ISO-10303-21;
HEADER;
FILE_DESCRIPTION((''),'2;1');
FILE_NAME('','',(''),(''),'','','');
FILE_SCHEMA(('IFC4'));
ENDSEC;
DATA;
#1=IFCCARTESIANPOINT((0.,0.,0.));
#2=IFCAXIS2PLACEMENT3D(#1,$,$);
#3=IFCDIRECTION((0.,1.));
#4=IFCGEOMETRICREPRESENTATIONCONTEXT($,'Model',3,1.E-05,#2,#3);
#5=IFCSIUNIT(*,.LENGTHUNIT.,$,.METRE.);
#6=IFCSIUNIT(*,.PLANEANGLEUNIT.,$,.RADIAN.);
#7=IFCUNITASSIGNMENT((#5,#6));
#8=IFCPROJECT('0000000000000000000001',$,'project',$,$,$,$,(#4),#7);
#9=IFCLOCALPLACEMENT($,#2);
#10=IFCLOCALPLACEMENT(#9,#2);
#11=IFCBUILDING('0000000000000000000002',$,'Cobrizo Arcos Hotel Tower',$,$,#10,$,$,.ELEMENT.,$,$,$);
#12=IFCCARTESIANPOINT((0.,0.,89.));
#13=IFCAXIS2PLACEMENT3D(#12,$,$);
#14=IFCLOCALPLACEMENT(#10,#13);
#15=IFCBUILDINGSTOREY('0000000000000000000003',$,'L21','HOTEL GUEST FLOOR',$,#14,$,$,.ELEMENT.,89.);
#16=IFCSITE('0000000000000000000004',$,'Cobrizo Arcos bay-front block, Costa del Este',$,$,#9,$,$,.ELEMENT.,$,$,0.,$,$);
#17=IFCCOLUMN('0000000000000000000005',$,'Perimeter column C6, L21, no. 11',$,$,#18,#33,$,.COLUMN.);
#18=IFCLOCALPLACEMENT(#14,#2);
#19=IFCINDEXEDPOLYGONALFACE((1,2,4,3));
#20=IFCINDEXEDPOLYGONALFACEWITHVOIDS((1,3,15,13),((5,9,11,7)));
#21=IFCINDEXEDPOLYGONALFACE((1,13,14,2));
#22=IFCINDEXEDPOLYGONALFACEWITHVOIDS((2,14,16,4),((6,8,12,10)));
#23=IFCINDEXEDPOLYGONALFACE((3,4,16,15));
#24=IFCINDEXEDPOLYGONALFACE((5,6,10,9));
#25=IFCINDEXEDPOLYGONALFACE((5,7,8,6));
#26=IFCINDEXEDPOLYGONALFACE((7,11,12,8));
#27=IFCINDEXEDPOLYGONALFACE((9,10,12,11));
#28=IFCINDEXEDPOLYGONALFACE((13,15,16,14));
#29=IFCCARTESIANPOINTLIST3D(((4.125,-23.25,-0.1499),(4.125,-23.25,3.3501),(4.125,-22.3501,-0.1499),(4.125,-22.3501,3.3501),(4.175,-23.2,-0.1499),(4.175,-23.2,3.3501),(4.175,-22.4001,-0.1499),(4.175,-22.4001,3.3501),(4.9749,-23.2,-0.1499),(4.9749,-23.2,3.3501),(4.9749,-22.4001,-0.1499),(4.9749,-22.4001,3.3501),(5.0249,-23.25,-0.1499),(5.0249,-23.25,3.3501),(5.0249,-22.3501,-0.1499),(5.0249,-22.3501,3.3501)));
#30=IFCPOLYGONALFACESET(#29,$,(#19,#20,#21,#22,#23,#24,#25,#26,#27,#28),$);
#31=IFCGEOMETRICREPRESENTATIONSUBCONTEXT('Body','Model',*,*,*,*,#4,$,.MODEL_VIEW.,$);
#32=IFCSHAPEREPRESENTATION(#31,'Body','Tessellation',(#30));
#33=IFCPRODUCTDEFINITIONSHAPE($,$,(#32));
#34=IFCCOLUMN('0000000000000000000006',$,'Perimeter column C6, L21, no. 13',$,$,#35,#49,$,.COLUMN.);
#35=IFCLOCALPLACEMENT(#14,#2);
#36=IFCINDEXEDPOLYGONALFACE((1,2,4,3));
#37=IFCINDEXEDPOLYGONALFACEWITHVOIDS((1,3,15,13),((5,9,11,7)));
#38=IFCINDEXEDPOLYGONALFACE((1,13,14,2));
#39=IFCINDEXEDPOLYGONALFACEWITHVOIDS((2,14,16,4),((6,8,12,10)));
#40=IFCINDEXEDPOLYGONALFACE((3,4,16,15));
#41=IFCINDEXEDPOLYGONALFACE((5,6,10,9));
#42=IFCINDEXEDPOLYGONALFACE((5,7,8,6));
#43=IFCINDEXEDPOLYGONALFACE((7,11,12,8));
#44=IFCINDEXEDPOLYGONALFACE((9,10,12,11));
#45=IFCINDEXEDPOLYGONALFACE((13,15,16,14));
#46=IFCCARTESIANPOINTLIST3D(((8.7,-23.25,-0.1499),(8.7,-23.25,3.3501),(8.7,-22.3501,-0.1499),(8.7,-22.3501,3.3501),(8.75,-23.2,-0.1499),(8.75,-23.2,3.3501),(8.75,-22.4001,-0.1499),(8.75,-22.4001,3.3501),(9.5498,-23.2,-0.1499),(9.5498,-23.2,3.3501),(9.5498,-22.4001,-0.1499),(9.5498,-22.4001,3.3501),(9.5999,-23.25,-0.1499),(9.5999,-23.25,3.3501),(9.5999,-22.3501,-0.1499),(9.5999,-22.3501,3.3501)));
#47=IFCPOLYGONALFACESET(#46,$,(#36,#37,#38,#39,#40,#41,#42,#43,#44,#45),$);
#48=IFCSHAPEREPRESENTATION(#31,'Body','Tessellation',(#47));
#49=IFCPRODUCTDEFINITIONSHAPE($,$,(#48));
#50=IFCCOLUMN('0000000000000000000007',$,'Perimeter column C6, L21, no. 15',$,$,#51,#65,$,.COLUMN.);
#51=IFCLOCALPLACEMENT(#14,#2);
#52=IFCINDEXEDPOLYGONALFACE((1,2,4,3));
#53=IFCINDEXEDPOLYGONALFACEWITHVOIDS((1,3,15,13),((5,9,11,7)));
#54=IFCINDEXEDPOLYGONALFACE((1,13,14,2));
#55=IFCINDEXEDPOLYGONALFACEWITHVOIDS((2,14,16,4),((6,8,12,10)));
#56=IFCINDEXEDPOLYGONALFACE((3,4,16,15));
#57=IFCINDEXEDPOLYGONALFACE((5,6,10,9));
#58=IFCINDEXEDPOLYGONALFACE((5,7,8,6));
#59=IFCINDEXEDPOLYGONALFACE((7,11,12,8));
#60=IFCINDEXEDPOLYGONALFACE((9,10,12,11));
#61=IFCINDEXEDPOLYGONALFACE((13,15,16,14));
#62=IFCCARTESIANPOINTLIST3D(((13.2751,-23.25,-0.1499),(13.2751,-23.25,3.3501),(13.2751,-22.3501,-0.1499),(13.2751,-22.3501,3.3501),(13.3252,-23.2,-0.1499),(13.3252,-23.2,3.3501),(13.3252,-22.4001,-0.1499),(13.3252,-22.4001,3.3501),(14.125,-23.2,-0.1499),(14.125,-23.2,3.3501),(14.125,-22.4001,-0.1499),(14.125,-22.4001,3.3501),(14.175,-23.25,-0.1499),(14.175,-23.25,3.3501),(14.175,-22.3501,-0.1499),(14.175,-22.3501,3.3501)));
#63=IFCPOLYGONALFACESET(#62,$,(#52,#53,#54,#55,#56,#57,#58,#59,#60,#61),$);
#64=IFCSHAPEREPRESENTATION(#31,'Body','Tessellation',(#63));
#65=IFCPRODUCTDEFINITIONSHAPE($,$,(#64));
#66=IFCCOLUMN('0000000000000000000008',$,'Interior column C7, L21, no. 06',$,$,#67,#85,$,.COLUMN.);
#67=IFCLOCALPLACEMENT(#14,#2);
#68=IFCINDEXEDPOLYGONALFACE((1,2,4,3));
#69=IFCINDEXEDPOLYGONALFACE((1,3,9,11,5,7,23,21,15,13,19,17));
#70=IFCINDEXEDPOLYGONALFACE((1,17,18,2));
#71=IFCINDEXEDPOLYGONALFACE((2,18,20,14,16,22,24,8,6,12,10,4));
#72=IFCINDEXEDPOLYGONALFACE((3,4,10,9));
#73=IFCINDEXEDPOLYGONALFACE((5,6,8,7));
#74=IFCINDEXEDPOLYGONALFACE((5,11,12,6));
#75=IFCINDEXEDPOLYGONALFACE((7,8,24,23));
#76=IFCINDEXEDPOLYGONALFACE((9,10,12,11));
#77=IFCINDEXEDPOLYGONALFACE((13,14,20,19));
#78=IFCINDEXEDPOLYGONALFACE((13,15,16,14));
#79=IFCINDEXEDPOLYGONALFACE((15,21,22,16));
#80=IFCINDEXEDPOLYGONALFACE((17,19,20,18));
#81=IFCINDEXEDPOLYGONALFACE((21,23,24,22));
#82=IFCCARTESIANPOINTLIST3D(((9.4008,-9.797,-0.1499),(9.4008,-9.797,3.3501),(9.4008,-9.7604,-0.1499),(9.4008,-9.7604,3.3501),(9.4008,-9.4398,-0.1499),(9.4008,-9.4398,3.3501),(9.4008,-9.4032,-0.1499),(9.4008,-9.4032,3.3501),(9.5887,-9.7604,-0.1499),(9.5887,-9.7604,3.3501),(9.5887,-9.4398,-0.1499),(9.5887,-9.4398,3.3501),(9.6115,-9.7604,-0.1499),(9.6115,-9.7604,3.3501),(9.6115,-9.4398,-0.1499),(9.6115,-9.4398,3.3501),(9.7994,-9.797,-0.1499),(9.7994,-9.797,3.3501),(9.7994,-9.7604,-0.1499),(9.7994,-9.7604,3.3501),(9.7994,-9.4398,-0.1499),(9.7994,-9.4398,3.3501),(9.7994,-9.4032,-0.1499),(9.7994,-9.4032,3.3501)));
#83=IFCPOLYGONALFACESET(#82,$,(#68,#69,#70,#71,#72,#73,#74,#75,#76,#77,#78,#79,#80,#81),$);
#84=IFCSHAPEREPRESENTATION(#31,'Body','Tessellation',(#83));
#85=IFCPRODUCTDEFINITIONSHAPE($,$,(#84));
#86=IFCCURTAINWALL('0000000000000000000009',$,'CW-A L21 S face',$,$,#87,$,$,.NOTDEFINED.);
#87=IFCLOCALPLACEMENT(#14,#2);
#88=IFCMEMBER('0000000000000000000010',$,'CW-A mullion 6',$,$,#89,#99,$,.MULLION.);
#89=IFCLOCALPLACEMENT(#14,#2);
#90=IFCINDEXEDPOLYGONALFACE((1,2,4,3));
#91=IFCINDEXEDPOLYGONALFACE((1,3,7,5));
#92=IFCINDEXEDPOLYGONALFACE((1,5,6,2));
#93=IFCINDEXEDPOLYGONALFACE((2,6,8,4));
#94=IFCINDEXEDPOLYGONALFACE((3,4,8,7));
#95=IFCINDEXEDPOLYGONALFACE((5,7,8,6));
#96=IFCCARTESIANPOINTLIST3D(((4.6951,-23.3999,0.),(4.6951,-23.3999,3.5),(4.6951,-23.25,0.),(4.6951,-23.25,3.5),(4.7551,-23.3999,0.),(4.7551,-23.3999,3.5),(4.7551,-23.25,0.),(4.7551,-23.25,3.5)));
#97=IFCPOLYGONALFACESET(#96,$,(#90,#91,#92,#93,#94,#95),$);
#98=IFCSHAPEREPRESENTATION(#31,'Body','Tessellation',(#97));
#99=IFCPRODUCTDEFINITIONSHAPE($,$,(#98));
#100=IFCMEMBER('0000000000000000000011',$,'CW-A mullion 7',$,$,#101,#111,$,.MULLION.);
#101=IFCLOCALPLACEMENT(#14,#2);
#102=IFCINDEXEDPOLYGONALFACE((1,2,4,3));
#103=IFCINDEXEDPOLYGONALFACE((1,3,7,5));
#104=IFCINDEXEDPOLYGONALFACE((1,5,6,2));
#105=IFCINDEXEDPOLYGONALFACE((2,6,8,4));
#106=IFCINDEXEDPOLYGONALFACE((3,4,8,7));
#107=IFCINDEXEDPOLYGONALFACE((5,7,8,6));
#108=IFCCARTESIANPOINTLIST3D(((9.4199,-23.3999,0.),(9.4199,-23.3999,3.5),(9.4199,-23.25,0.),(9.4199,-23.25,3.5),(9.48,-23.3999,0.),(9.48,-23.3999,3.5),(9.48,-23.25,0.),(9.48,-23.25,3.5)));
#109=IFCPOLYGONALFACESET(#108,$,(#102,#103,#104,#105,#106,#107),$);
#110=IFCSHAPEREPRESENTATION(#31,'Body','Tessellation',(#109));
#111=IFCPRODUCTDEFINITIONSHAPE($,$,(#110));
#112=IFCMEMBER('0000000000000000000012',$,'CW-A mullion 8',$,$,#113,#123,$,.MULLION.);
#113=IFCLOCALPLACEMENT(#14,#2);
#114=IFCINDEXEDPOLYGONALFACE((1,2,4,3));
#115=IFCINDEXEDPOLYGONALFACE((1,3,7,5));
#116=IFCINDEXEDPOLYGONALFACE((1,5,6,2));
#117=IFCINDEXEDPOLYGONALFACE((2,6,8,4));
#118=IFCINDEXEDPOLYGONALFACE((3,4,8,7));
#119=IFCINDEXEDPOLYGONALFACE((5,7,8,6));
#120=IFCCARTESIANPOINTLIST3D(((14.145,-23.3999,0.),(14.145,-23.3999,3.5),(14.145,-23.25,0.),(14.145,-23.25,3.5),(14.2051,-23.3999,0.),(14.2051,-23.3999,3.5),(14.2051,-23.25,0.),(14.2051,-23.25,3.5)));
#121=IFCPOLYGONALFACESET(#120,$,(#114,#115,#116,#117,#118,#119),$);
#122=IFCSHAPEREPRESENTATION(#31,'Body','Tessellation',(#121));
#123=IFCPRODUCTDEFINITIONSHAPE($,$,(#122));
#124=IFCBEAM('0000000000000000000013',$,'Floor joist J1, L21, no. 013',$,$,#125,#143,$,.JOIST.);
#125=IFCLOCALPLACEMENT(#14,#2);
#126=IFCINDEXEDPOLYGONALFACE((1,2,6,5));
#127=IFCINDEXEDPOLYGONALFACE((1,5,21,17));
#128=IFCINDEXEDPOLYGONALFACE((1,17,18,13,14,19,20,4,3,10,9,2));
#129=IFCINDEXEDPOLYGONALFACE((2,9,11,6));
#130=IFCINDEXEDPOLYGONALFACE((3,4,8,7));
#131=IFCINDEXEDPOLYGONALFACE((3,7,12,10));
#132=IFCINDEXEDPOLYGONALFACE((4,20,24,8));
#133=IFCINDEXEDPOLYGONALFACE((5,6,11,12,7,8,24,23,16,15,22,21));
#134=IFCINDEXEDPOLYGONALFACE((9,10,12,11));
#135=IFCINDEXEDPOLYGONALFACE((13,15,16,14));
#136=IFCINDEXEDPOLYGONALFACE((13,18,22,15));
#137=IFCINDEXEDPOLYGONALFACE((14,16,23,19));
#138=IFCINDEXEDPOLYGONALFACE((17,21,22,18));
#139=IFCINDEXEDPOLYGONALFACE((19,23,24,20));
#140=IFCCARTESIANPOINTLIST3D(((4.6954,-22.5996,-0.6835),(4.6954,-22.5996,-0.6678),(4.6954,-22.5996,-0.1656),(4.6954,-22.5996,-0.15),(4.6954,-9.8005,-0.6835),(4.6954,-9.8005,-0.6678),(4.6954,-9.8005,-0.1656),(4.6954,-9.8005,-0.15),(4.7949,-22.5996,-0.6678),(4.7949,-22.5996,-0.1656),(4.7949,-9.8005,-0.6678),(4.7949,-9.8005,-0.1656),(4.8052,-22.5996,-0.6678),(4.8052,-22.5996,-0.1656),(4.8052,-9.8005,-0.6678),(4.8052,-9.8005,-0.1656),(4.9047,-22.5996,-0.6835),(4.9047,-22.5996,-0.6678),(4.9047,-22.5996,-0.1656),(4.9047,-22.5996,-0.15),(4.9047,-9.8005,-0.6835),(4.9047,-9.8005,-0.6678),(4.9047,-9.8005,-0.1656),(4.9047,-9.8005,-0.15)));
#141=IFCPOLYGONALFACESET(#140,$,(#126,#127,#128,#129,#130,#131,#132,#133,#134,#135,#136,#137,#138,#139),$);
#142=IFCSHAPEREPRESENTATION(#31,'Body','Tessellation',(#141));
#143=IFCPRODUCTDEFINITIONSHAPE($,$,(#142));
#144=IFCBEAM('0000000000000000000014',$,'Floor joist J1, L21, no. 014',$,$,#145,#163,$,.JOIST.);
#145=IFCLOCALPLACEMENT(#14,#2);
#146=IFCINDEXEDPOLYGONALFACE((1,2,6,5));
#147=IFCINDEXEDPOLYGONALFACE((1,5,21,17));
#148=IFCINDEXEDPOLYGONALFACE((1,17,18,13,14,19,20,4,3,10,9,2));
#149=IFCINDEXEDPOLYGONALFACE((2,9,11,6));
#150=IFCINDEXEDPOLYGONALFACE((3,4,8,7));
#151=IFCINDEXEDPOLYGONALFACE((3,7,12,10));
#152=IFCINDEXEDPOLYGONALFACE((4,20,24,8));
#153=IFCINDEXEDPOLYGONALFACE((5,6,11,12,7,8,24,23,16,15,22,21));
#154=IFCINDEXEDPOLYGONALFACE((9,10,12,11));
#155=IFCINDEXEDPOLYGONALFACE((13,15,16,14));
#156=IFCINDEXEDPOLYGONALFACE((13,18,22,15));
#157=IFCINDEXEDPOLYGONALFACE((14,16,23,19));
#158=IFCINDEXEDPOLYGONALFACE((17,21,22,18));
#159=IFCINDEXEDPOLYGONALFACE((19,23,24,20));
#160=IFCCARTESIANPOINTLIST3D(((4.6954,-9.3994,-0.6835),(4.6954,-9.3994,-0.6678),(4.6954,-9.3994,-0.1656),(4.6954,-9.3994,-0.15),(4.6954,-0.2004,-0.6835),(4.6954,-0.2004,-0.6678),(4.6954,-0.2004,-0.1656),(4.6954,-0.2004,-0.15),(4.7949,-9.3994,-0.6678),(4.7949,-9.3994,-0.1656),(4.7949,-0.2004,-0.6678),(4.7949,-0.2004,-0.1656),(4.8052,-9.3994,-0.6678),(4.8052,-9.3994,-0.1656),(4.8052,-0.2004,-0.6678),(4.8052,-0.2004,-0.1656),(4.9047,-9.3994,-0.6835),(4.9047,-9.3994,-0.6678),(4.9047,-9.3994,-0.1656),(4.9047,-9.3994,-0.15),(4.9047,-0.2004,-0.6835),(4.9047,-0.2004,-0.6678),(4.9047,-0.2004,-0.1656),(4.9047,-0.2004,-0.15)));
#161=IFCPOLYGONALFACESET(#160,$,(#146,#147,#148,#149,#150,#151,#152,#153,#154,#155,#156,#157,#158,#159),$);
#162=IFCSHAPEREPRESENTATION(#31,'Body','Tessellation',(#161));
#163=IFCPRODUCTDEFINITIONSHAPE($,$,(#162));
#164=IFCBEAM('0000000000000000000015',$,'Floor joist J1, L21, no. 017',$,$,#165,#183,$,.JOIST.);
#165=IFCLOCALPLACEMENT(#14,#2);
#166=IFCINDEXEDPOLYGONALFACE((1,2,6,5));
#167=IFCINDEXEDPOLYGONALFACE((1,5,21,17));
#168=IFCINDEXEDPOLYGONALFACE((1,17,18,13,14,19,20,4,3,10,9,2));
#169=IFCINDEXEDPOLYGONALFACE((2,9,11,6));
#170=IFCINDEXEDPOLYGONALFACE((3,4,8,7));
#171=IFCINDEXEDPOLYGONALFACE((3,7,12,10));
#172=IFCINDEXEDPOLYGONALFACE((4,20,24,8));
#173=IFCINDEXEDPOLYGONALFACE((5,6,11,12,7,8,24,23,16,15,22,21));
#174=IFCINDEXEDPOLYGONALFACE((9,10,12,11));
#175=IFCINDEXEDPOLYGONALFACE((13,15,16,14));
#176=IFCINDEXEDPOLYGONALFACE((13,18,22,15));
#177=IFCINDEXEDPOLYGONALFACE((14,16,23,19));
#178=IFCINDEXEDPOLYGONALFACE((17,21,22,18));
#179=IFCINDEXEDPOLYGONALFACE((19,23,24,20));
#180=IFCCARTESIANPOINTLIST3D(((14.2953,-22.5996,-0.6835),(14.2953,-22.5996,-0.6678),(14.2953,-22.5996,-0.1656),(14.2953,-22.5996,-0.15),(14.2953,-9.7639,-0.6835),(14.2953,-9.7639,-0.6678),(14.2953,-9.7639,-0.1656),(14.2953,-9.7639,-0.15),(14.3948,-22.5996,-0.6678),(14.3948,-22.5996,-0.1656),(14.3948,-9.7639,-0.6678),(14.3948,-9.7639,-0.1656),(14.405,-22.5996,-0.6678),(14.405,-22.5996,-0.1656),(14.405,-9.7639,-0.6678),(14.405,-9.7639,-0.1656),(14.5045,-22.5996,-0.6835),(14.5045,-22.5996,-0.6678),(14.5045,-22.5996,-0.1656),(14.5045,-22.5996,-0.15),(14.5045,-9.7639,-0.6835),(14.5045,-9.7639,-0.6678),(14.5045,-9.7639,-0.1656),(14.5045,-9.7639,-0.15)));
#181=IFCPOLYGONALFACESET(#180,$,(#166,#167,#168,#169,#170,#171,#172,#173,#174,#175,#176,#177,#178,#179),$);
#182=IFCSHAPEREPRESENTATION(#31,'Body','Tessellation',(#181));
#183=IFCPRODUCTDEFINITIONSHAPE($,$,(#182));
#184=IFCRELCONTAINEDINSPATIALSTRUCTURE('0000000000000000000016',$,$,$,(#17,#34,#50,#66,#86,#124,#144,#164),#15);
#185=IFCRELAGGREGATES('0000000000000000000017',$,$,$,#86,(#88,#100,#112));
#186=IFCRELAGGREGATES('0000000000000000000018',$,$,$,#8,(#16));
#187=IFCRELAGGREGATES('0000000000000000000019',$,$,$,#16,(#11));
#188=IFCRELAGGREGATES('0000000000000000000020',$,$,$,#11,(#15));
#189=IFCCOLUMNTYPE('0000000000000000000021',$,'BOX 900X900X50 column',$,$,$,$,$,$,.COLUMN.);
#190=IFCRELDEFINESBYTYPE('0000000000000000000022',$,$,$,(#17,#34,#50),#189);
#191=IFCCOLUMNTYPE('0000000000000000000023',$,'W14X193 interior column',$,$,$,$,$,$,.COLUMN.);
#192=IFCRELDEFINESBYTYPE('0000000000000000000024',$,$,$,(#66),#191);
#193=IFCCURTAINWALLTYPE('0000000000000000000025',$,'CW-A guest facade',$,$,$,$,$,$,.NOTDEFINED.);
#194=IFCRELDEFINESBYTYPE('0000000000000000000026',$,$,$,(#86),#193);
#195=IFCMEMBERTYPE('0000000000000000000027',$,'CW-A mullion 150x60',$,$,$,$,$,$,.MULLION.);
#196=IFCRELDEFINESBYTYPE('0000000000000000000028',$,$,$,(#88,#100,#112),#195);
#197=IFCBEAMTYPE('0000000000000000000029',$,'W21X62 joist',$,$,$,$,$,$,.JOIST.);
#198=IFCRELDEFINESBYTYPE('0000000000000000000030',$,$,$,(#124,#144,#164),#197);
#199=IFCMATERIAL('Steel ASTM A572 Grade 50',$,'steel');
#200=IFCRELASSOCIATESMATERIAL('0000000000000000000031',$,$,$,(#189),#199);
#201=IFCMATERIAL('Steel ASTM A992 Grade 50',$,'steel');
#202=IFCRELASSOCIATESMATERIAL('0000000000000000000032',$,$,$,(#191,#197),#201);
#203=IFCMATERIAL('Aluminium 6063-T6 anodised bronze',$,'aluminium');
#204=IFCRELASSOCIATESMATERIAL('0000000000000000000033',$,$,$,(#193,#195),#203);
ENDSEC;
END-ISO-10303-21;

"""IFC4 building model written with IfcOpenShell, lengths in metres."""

from ifc_helpers import new_model, si_unit, direction, frame, origin, origin_2d, place, context, subcontext, project, spatial, rectangle, hollow_rectangle, i_section, extrude, material, material_profile, profile_set, type_object, element, aggregate, save


model = new_model("IFC4")

# Units and contexts
model_context = context("Model", 3, precision=1e-05, world=origin(), true_north=direction((0.0, 1.0)))
body_context = subcontext(model_context, "Body", "Model", "MODEL_VIEW")
ifc_project = project(units=[si_unit("LENGTHUNIT", "METRE"), si_unit("PLANEANGLEUNIT", "RADIAN")], contexts=[model_context])

# Site, building, storey
site_placement = place(None, origin())
site = spatial("IfcSite", under=ifc_project, at=site_placement, Name="Cobrizo Arcos bay-front block, Costa del Este", CompositionType="ELEMENT", RefElevation=0.0)
building_placement = place(site_placement, origin())
building = spatial("IfcBuilding", under=site, at=building_placement, Name="Cobrizo Arcos Hotel Tower", CompositionType="ELEMENT")
storey_placement = place(building_placement, frame((0.0, 0.0, 89.0)))
storey = spatial("IfcBuildingStorey", under=building, at=storey_placement, Name="L21", Description="HOTEL GUEST FLOOR", CompositionType="ELEMENT", Elevation=89.0)

# Columns
ifc_material_1 = material(Name="Steel ASTM A572 Grade 50", Category="steel")
ifc_material_profile_1 = material_profile(ifc_material_1, hollow_rectangle(XDim=0.8999, YDim=0.8999, WallThickness=0.05, at=origin_2d()), Name="BOX 900X900X50")
ifc_profile_set_1 = profile_set([ifc_material_profile_1], Name="Steel ASTM A572 Grade 50")
column_type_1 = type_object("IfcColumnType", Name="BOX 900X900X50 column", PredefinedType="COLUMN", material=ifc_profile_set_1)
for number, where, z_axis, x_axis, name in (
    (1, (4.575, -22.8, -0.1499), (0.0, 0.0, 1.0), (1.0, 0.0, 0.0), "Perimeter column C6, L21, no. 11"),
    (2, (9.1499, -22.8, -0.1499), (0.0, 0.0, 1.0), (1.0, 0.0, 0.0), "Perimeter column C6, L21, no. 13"),
    (3, (13.7251, -22.8, -0.1499), (0.0, 0.0, 1.0), (1.0, 0.0, 0.0), "Perimeter column C6, L21, no. 15"),
):
    element("IfcColumn", number, at=place(storey_placement, frame(where, z_axis=z_axis, x_axis=x_axis)), inside=storey, type_object=column_type_1, Name=name, PredefinedType="COLUMN", context=body_context, shape_type="SweptSolid", body=[
        extrude(hollow_rectangle(XDim=0.8999, YDim=0.8999, WallThickness=0.05, at=origin_2d()), origin(), (0.0, 0.0, 1.0), 3.5),
    ])
ifc_material_2 = material(Name="Steel ASTM A992 Grade 50", Category="steel")
ifc_material_profile_2 = material_profile(ifc_material_2, i_section(OverallWidth=0.3987, OverallDepth=0.3938, WebThickness=0.0227, FlangeThickness=0.0366, at=origin_2d()), Name="W14X193")
ifc_profile_set_2 = profile_set([ifc_material_profile_2], Name="Steel ASTM A992 Grade 50")
column_type_2 = type_object("IfcColumnType", Name="W14X193 interior column", PredefinedType="COLUMN", material=ifc_profile_set_2)
column_placement = place(storey_placement, frame((9.6001, -9.6001, -0.1499), z_axis=(0.0, 0.0, 1.0), x_axis=(1.0, 0.0, 0.0)))
element("IfcColumn", 4, at=column_placement, inside=storey, type_object=column_type_2, Name="Interior column C7, L21, no. 06", PredefinedType="COLUMN", context=body_context, shape_type="SweptSolid", body=[
    extrude(i_section(OverallWidth=0.3987, OverallDepth=0.3938, WebThickness=0.0227, FlangeThickness=0.0366, at=origin_2d()), origin(), (0.0, 0.0, 1.0), 3.5),
])

# Curtain wall, members
ifc_material_3 = material(Name="Aluminium 6063-T6 anodised bronze", Category="aluminium")
curtain_wall_type = type_object("IfcCurtainWallType", Name="CW-A guest facade", PredefinedType="NOTDEFINED", material=ifc_material_3)
curtain_wall_placement = place(storey_placement, origin())
curtain_wall = element("IfcCurtainWall", 5, at=curtain_wall_placement, inside=storey, type_object=curtain_wall_type, Name="CW-A L21 S face", PredefinedType="NOTDEFINED")
ifc_material_profile_3 = material_profile(ifc_material_3, rectangle(XDim=0.1499, YDim=0.0601, at=origin_2d()), Name="CW-A mullion 150x60")
ifc_profile_set_3 = profile_set([ifc_material_profile_3], Name="Aluminium 6063-T6 anodised bronze")
member_type = type_object("IfcMemberType", Name="CW-A mullion 150x60", PredefinedType="MULLION", material=ifc_profile_set_3)
member_1_placement = place(storey_placement, frame((4.7251, -23.325, 0.0), z_axis=(0.0, 0.0, 1.0), x_axis=(0.0, -1.0, 0.0)))
member_1 = element("IfcMember", 6, at=member_1_placement, type_object=member_type, Name="CW-A mullion 6", PredefinedType="MULLION", context=body_context, shape_type="SweptSolid", body=[
    extrude(rectangle(XDim=0.1499, YDim=0.0601, at=origin_2d()), origin(), (0.0, 0.0, 1.0), 3.5),
])
member_2_placement = place(storey_placement, frame((9.45, -23.325, 0.0), z_axis=(0.0, 0.0, 1.0), x_axis=(0.0, -1.0, 0.0)))
member_2 = element("IfcMember", 7, at=member_2_placement, type_object=member_type, Name="CW-A mullion 7", PredefinedType="MULLION", context=body_context, shape_type="SweptSolid", body=[
    extrude(rectangle(XDim=0.1499, YDim=0.0601, at=origin_2d()), origin(), (0.0, 0.0, 1.0), 3.5),
])
member_3_placement = place(storey_placement, frame((14.175, -23.325, 0.0), z_axis=(0.0, 0.0, 1.0), x_axis=(0.0, -1.0, 0.0)))
member_3 = element("IfcMember", 8, at=member_3_placement, type_object=member_type, Name="CW-A mullion 8", PredefinedType="MULLION", context=body_context, shape_type="SweptSolid", body=[
    extrude(rectangle(XDim=0.1499, YDim=0.0601, at=origin_2d()), origin(), (0.0, 0.0, 1.0), 3.5),
])

# Beams
ifc_material_profile_4 = material_profile(ifc_material_2, i_section(OverallWidth=0.2092, OverallDepth=0.5334, WebThickness=0.0103, FlangeThickness=0.0156, at=origin_2d()), Name="W21X62")
ifc_profile_set_4 = profile_set([ifc_material_profile_4], Name="Steel ASTM A992 Grade 50")
beam_type_1 = type_object("IfcBeamType", Name="W21X62 joist", PredefinedType="JOIST", material=ifc_profile_set_4)
beam_1_placement = place(storey_placement, frame((4.8, -22.5996, -0.4167), z_axis=(0.0, 1.0, 0.0), x_axis=(-1.0, 0.0, 0.0)))
element("IfcBeam", 9, at=beam_1_placement, inside=storey, type_object=beam_type_1, Name="Floor joist J1, L21, no. 013", PredefinedType="JOIST", context=body_context, shape_type="SweptSolid", body=[
    extrude(i_section(OverallWidth=0.2092, OverallDepth=0.5334, WebThickness=0.0103, FlangeThickness=0.0156, at=origin_2d()), origin(), (0.0, 0.0, 1.0), 12.7991),
])
beam_2_placement = place(storey_placement, frame((4.8, -9.3994, -0.4167), z_axis=(0.0, 1.0, 0.0), x_axis=(-1.0, 0.0, 0.0)))
element("IfcBeam", 10, at=beam_2_placement, inside=storey, type_object=beam_type_1, Name="Floor joist J1, L21, no. 014", PredefinedType="JOIST", context=body_context, shape_type="SweptSolid", body=[
    extrude(i_section(OverallWidth=0.2092, OverallDepth=0.5334, WebThickness=0.0103, FlangeThickness=0.0156, at=origin_2d()), origin(), (0.0, 0.0, 1.0), 9.199),
])
beam_3_placement = place(storey_placement, frame((14.3999, -22.5996, -0.4167), z_axis=(0.0, 1.0, 0.0), x_axis=(-1.0, 0.0, 0.0)))
element("IfcBeam", 11, at=beam_3_placement, inside=storey, type_object=beam_type_1, Name="Floor joist J1, L21, no. 017", PredefinedType="JOIST", context=body_context, shape_type="SweptSolid", body=[
    extrude(i_section(OverallWidth=0.2092, OverallDepth=0.5334, WebThickness=0.0103, FlangeThickness=0.0156, at=origin_2d()), origin(), (0.0, 0.0, 1.0), 12.8357),
])

aggregate(curtain_wall, [member_1, member_2, member_3])

save(model, "model.ifc")
